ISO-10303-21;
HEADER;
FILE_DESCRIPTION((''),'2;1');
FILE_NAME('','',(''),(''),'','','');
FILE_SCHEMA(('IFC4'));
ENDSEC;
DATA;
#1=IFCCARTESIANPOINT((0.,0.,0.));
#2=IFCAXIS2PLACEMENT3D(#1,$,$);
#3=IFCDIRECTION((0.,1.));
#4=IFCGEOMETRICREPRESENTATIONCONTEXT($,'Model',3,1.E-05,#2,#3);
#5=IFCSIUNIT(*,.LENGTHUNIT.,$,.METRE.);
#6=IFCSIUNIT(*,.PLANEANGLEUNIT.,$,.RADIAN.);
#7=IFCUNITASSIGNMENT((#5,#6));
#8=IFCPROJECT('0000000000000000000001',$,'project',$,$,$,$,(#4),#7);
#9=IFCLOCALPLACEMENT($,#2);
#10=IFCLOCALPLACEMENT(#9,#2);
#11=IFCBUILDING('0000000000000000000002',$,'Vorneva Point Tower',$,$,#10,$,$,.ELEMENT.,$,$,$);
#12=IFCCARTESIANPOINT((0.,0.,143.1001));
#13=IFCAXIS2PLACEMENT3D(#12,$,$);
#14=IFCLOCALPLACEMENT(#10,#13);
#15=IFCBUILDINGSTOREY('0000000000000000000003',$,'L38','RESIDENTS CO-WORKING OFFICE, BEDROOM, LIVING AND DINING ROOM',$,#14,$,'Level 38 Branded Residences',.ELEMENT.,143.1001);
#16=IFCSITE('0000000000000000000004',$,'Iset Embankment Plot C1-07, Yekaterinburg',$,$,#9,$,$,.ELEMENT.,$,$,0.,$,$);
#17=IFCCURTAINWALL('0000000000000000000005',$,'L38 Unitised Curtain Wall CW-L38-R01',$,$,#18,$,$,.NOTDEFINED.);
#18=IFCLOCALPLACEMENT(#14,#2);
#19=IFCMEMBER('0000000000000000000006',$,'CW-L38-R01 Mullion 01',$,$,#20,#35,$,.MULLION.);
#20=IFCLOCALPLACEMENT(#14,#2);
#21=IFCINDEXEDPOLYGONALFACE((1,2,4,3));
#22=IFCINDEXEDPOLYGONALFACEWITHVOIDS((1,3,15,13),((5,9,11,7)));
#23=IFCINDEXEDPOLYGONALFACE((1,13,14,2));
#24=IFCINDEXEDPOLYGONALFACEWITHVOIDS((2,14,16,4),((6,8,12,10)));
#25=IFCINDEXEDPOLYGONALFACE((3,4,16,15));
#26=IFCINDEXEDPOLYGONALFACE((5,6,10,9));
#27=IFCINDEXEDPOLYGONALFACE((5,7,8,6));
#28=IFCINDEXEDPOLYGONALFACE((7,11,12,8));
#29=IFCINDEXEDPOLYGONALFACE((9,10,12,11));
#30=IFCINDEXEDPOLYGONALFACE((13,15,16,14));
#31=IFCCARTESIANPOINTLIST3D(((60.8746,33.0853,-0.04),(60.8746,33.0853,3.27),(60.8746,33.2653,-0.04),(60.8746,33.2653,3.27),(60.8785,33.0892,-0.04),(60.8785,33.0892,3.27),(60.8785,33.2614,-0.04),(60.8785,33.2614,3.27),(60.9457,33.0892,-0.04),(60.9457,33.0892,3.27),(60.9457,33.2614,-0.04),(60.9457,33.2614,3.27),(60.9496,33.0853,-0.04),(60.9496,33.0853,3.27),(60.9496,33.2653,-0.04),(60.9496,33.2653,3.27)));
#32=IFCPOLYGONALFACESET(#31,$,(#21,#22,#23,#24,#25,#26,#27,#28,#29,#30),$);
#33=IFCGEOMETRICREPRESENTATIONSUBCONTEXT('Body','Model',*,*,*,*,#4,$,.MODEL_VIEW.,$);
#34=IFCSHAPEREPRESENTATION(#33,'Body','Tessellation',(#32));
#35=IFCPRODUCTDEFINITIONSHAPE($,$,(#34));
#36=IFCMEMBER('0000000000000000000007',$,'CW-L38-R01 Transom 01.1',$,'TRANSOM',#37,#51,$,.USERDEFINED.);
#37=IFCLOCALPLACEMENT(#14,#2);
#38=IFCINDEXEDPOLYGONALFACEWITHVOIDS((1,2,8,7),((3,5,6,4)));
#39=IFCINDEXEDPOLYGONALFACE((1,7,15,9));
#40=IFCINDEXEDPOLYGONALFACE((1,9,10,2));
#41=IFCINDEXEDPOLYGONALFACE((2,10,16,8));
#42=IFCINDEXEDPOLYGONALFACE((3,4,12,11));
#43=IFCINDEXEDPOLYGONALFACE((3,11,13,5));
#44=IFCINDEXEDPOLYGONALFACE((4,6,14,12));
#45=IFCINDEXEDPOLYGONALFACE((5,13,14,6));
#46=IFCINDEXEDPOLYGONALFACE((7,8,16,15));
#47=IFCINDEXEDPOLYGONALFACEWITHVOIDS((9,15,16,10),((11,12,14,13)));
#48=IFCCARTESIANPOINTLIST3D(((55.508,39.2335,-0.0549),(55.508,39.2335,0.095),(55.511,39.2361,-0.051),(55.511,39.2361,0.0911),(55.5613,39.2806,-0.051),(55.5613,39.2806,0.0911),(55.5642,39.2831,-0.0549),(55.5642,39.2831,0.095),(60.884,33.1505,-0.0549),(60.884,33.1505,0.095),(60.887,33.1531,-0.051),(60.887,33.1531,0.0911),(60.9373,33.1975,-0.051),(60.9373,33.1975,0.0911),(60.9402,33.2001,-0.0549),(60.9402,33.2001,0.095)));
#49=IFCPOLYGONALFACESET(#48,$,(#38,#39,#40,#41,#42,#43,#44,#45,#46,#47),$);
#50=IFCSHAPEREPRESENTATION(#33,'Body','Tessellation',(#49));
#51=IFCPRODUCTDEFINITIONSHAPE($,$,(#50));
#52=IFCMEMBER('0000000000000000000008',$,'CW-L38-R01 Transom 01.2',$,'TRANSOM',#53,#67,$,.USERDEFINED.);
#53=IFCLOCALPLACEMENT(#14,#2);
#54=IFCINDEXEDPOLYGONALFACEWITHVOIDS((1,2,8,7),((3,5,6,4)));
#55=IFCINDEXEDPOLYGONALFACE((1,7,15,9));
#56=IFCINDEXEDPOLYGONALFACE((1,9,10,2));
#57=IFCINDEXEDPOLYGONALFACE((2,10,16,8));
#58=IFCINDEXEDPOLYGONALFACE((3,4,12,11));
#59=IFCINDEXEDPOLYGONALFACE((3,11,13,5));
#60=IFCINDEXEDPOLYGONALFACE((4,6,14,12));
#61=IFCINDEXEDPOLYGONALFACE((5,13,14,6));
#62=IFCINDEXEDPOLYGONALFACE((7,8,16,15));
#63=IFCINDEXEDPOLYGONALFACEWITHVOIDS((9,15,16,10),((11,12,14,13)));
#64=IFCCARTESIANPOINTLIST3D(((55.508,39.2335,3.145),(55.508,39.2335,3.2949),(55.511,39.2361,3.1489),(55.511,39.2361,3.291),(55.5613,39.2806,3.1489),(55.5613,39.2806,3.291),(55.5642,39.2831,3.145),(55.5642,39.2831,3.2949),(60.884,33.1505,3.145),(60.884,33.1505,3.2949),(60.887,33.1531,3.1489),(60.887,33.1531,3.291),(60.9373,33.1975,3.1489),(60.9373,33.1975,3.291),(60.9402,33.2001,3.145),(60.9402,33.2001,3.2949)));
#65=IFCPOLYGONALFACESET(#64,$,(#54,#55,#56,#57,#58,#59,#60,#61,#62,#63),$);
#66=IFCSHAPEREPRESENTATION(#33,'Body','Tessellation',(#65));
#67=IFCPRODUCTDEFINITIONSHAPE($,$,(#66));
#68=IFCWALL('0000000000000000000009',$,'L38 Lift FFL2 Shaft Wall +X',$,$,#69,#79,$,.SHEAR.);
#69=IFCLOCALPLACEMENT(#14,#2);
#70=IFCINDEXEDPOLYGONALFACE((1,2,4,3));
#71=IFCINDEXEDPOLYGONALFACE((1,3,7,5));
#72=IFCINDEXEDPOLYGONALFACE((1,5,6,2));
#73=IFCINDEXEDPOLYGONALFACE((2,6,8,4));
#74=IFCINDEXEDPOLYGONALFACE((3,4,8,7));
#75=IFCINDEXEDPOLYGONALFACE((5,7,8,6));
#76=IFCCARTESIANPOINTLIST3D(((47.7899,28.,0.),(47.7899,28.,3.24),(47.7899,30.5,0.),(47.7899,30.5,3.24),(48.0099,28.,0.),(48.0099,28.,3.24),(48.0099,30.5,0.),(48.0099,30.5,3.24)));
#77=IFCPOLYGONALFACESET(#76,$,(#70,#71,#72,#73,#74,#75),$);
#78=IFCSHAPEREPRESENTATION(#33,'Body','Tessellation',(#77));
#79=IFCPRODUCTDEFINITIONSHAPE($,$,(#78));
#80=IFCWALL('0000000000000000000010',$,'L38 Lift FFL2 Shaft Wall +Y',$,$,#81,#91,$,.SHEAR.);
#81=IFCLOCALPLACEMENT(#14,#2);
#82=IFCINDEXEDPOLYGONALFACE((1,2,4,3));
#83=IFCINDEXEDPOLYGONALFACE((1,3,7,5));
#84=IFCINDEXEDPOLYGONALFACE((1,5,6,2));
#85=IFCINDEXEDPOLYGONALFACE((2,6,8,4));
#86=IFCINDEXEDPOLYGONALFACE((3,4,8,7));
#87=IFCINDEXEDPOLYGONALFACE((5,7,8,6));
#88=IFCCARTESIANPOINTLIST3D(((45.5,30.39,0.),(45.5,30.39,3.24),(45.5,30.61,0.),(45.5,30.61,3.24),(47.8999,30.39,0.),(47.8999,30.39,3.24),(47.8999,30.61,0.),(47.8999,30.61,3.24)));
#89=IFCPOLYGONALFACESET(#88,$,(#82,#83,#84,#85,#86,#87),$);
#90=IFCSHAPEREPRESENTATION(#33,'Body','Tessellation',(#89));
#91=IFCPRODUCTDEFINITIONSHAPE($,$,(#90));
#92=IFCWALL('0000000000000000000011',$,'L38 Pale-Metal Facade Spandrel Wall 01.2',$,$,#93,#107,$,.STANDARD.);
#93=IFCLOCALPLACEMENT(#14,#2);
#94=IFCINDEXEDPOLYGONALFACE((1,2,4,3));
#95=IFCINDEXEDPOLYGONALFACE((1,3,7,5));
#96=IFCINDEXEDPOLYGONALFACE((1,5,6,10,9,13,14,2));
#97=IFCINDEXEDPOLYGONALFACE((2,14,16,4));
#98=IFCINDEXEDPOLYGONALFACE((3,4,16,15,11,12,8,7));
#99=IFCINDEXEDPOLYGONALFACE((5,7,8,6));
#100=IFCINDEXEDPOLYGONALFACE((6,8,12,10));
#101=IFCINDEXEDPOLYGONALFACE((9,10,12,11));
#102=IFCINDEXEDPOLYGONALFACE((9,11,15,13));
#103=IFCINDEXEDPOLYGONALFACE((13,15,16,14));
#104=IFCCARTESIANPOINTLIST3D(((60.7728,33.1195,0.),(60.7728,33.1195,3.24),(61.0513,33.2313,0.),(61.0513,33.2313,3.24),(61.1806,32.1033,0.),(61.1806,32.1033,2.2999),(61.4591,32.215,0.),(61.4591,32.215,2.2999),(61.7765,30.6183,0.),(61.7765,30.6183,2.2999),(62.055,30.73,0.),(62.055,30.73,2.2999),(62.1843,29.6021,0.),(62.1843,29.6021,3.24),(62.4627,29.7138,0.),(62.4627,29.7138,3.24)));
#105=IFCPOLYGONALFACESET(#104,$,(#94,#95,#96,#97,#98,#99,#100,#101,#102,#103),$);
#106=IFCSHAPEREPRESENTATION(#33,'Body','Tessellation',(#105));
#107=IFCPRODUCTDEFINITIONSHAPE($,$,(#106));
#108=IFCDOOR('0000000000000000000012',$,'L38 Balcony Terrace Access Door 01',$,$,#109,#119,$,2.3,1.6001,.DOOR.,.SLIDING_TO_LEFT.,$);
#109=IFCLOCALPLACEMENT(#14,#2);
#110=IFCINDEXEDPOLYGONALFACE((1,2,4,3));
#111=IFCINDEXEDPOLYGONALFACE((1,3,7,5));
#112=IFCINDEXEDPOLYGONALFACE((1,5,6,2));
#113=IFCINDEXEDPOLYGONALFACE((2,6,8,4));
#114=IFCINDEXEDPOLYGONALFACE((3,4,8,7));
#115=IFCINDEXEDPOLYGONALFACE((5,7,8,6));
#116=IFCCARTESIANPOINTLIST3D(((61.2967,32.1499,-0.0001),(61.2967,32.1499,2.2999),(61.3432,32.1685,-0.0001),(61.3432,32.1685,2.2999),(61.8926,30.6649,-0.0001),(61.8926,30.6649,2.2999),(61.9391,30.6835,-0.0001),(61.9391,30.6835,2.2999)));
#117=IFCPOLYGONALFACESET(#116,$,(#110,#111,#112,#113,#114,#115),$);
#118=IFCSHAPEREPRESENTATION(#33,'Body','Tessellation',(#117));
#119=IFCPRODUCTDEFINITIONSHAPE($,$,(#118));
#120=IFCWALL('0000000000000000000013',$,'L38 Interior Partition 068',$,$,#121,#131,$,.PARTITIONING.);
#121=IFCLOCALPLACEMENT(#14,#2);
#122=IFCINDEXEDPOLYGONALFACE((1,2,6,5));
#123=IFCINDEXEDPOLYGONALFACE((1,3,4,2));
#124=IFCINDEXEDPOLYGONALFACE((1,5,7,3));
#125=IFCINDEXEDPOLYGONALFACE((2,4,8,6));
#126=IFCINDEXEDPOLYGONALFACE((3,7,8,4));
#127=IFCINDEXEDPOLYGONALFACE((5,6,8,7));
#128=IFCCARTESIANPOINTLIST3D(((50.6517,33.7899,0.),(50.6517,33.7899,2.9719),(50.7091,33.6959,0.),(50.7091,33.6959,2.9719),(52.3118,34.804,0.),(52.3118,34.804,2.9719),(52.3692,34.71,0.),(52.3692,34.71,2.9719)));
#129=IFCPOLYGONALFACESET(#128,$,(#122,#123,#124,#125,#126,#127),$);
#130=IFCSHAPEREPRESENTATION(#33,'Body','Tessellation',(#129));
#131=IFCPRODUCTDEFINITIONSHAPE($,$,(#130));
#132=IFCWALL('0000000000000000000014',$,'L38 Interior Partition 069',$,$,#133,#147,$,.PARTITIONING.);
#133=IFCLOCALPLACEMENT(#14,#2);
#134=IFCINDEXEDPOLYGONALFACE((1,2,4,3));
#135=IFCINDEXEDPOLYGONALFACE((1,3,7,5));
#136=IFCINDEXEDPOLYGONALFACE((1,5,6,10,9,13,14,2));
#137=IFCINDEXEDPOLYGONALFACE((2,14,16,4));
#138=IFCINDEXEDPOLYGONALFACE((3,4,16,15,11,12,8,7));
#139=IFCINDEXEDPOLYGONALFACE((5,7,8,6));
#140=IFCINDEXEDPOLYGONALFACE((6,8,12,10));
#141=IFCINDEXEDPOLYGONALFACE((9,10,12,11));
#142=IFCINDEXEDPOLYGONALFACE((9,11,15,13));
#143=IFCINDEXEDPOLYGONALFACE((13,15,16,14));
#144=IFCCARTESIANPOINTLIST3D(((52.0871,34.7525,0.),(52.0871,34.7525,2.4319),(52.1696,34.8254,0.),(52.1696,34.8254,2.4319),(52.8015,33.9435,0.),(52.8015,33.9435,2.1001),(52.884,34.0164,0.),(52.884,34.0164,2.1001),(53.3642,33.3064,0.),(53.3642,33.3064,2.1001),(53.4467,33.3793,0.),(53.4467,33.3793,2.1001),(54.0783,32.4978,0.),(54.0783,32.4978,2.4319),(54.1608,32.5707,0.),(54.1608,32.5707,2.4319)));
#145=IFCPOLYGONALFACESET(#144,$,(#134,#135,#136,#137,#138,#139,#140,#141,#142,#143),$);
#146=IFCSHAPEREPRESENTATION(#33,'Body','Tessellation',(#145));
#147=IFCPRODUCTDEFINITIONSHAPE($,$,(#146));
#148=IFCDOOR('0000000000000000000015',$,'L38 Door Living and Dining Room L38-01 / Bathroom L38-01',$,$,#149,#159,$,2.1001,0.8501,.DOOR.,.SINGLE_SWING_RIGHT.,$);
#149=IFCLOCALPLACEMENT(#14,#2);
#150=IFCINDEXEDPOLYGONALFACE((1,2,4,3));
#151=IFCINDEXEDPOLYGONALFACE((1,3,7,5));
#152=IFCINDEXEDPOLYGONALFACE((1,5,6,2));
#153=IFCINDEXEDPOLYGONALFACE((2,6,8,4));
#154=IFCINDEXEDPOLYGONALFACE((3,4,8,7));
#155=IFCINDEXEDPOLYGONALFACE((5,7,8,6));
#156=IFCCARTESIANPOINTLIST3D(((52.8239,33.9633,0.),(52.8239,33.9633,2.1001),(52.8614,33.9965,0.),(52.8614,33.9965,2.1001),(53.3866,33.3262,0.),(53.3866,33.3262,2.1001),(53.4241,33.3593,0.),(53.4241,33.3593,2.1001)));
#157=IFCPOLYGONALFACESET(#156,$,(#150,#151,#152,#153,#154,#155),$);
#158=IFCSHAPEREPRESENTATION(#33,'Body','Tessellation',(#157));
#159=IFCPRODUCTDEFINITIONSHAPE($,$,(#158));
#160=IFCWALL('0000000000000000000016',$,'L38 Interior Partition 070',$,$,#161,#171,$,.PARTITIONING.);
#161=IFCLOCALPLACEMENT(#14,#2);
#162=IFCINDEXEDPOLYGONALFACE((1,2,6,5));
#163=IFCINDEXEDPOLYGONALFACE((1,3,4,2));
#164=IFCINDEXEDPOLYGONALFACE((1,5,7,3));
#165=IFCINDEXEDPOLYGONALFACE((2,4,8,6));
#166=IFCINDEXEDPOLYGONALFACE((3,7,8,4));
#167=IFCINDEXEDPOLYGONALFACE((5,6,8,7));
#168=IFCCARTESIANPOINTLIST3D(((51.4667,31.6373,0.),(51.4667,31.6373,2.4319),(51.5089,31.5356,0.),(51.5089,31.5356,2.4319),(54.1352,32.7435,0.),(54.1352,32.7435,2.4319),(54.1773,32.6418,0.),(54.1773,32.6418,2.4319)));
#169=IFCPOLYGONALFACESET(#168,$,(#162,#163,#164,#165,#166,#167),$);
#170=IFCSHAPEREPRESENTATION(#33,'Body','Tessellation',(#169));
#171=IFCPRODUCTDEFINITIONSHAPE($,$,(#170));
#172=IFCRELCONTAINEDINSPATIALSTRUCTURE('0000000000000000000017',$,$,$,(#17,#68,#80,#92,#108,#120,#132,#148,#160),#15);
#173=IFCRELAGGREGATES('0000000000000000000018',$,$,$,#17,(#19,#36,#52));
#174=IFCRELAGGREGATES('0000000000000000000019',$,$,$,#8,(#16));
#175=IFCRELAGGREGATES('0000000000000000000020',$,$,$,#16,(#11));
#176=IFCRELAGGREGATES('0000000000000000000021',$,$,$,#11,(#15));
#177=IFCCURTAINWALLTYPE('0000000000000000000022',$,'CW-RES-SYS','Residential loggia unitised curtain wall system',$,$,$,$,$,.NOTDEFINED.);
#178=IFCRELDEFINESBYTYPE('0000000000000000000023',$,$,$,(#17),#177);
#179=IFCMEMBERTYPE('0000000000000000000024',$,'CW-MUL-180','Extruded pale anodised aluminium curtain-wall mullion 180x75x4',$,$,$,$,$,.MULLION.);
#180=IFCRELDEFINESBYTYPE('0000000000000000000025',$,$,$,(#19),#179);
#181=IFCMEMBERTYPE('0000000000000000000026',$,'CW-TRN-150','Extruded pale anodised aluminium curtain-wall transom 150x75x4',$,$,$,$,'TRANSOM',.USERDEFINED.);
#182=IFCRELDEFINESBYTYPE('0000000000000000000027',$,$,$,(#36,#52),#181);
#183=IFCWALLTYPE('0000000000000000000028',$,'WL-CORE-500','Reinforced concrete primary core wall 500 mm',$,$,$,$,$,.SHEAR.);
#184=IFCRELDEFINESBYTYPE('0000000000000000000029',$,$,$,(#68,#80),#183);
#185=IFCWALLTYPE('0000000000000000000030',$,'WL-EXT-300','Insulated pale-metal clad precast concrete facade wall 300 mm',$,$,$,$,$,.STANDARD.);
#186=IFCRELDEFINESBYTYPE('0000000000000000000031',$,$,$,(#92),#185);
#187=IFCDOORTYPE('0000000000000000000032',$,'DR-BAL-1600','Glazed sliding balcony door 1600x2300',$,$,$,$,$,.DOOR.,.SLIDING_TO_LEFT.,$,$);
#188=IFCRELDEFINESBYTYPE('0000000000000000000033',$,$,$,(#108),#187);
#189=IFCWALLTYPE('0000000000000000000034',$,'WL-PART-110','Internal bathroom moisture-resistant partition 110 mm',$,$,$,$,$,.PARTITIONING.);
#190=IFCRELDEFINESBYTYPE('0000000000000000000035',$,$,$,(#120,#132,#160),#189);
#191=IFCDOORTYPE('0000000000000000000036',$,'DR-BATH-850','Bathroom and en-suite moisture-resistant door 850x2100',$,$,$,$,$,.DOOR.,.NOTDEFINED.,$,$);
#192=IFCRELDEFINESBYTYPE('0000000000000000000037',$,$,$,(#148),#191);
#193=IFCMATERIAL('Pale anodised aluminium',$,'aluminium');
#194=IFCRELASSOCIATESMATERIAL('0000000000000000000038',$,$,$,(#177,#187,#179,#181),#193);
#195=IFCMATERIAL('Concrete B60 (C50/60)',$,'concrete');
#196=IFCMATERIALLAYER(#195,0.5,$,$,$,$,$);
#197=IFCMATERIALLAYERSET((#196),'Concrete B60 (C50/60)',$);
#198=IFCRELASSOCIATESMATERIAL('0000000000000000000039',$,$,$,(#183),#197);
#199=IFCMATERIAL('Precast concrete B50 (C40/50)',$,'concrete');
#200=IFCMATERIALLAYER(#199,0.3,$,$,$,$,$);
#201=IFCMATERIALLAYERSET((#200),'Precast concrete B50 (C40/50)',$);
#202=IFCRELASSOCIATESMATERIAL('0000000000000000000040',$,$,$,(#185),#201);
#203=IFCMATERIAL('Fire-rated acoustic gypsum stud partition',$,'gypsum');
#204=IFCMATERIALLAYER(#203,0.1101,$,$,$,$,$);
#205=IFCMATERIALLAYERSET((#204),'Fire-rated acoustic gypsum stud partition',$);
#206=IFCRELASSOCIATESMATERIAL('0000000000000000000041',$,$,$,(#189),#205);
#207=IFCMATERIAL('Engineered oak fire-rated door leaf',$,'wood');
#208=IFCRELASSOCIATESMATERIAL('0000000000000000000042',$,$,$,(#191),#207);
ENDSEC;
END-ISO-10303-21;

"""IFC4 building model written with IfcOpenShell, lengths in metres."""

from ifc_helpers import new_model, si_unit, direction, frame, frame_2d, origin, origin_2d, place, context, subcontext, project, spatial, rectangle, hollow_rectangle, extrude, material, layer, layer_set, material_profile, profile_set, type_object, element, fill, aggregate, save


model = new_model("IFC4")

# Units and contexts
model_context = context("Model", 3, precision=1e-05, world=origin(), true_north=direction((0.0, 1.0)))
body_context = subcontext(model_context, "Body", "Model", "MODEL_VIEW")
ifc_project = project(units=[si_unit("LENGTHUNIT", "METRE"), si_unit("PLANEANGLEUNIT", "RADIAN")], contexts=[model_context])

# Site, building, storey
site_placement = place(None, origin())
site = spatial("IfcSite", under=ifc_project, at=site_placement, Name="Iset Embankment Plot C1-07, Yekaterinburg", CompositionType="ELEMENT", RefElevation=0.0)
building_placement = place(site_placement, origin())
building = spatial("IfcBuilding", under=site, at=building_placement, Name="Vorneva Point Tower", CompositionType="ELEMENT")
storey_placement = place(building_placement, frame((0.0, 0.0, 143.1001)))
storey = spatial("IfcBuildingStorey", under=building, at=storey_placement, Name="L38", Description="RESIDENTS CO-WORKING OFFICE, BEDROOM, LIVING AND DINING ROOM", LongName="Level 38 Branded Residences", CompositionType="ELEMENT", Elevation=143.1001)

# Shared definitions
ifc_material_1 = material(Name="Concrete B60 (C50/60)", Category="concrete")

# Curtain wall, members
ifc_material_2 = material(Name="Pale anodised aluminium", Category="aluminium")
curtain_wall_type = type_object("IfcCurtainWallType", Name="CW-RES-SYS", Description="Residential loggia unitised curtain wall system", PredefinedType="NOTDEFINED", material=ifc_material_2)
curtain_wall_placement = place(storey_placement, origin())
curtain_wall = element("IfcCurtainWall", 1, at=curtain_wall_placement, inside=storey, type_object=curtain_wall_type, Name="L38 Unitised Curtain Wall CW-L38-R01", PredefinedType="NOTDEFINED")
ifc_material_profile_1 = material_profile(ifc_material_2, hollow_rectangle(XDim=0.075, YDim=0.1799, WallThickness=0.0039, at=origin_2d()), Name="AL-MUL 180x75x4")
ifc_profile_set_1 = profile_set([ifc_material_profile_1], Name="Pale anodised aluminium")
member_type_1 = type_object("IfcMemberType", Name="CW-MUL-180", Description="Extruded pale anodised aluminium curtain-wall mullion 180x75x4", PredefinedType="MULLION", material=ifc_profile_set_1)
member_1_placement = place(storey_placement, frame((60.9121, 33.1753, -0.04), z_axis=(0.0, 0.0, 1.0), x_axis=(1.0, 0.0, 0.0)))
member_1 = element("IfcMember", 2, at=member_1_placement, type_object=member_type_1, Name="CW-L38-R01 Mullion 01", PredefinedType="MULLION", context=body_context, shape_type="SweptSolid", body=[
    extrude(hollow_rectangle(XDim=0.075, YDim=0.1799, WallThickness=0.0039, at=origin_2d()), origin(), (0.0, 0.0, 1.0), 3.3101),
])
ifc_material_profile_2 = material_profile(ifc_material_2, hollow_rectangle(XDim=0.075, YDim=0.1499, WallThickness=0.0039, at=origin_2d()), Name="AL-TRN 150x75x4")
ifc_profile_set_2 = profile_set([ifc_material_profile_2], Name="Pale anodised aluminium")
member_type_2 = type_object("IfcMemberType", Name="CW-TRN-150", Description="Extruded pale anodised aluminium curtain-wall transom 150x75x4", ElementType="TRANSOM", PredefinedType="USERDEFINED", material=ifc_profile_set_2)
member_2_placement = place(storey_placement, frame((60.9121, 33.1753, 0.02), z_axis=(-0.662218, 0.749311, 0.0), x_axis=(-0.749311, -0.662218, 0.0)))
member_2 = element("IfcMember", 3, at=member_2_placement, type_object=member_type_2, Name="CW-L38-R01 Transom 01.1", ObjectType="TRANSOM", PredefinedType="USERDEFINED", context=body_context, shape_type="SweptSolid", body=[
    extrude(hollow_rectangle(XDim=0.075, YDim=0.1499, WallThickness=0.0039, at=origin_2d()), origin(), (0.0, 0.0, 1.0), 8.1182),
])
member_3_placement = place(storey_placement, frame((60.9121, 33.1753, 3.22), z_axis=(-0.662218, 0.749311, 0.0), x_axis=(-0.749311, -0.662218, 0.0)))
member_3 = element("IfcMember", 4, at=member_3_placement, type_object=member_type_2, Name="CW-L38-R01 Transom 01.2", ObjectType="TRANSOM", PredefinedType="USERDEFINED", context=body_context, shape_type="SweptSolid", body=[
    extrude(hollow_rectangle(XDim=0.075, YDim=0.1499, WallThickness=0.0039, at=origin_2d()), origin(), (0.0, 0.0, 1.0), 8.1182),
])
aggregate(curtain_wall, [member_1, member_2, member_3])

# Walls
ifc_layer_1 = layer(ifc_material_1, 0.5)
ifc_layer_set_1 = layer_set([ifc_layer_1], Name="Concrete B60 (C50/60)")
wall_type_1 = type_object("IfcWallType", Name="WL-CORE-500", Description="Reinforced concrete primary core wall 500 mm", PredefinedType="SHEAR", material=ifc_layer_set_1)
wall_1_placement = place(storey_placement, frame((47.8999, 28.0, 0.0), z_axis=(0.0, 0.0, 1.0), x_axis=(0.0, 1.0, 0.0)))
element("IfcWall", 5, at=wall_1_placement, inside=storey, type_object=wall_type_1, Name="L38 Lift FFL2 Shaft Wall +X", PredefinedType="SHEAR", context=body_context, shape_type="SweptSolid", body=[
    extrude(rectangle(XDim=2.5, YDim=0.22, at=frame_2d((1.25, 0.0))), origin(), (0.0, 0.0, 1.0), 3.24),
])
wall_2_placement = place(storey_placement, frame((47.8999, 30.5, 0.0), z_axis=(0.0, 0.0, 1.0), x_axis=(-1.0, 0.0, 0.0)))
element("IfcWall", 6, at=wall_2_placement, inside=storey, type_object=wall_type_1, Name="L38 Lift FFL2 Shaft Wall +Y", PredefinedType="SHEAR", context=body_context, shape_type="SweptSolid", body=[
    extrude(rectangle(XDim=2.3999, YDim=0.22, at=frame_2d((1.2, 0.0))), origin(), (0.0, 0.0, 1.0), 3.24),
])

# Wall, opening, door
ifc_material_3 = material(Name="Precast concrete B50 (C40/50)", Category="concrete")
ifc_layer_2 = layer(ifc_material_3, 0.3)
ifc_layer_set_2 = layer_set([ifc_layer_2], Name="Precast concrete B50 (C40/50)")
wall_type_2 = type_object("IfcWallType", Name="WL-EXT-300", Description="Insulated pale-metal clad precast concrete facade wall 300 mm", PredefinedType="STANDARD", material=ifc_layer_set_2)
wall_3_placement = place(storey_placement, frame((62.3235, 29.658, 0.0), z_axis=(0.0, 0.0, 1.0), x_axis=(-0.372401, 0.928072, 0.0)))
wall_3 = element("IfcWall", 7, at=wall_3_placement, inside=storey, type_object=wall_type_2, Name="L38 Pale-Metal Facade Spandrel Wall 01.2", PredefinedType="STANDARD", context=body_context, shape_type="SweptSolid", body=[
    extrude(rectangle(XDim=3.79, YDim=0.3, at=frame_2d((1.895, 0.0))), origin(), (0.0, 0.0, 1.0), 3.24),
])
opening_1_placement = place(wall_3_placement, frame((1.095, 0.0, 0.0)))
opening_1 = element("IfcOpeningElement", 8, at=opening_1_placement, cuts=wall_3, PredefinedType="OPENING", context=body_context, shape_type="SweptSolid", body=[
    extrude(rectangle(XDim=1.6001, YDim=2.3, at=frame_2d((0.8, 1.1499))), frame((0.0, 0.165, 0.0), z_axis=(0.0, -1.0, 0.0), x_axis=(1.0, 0.0, 0.0)), (0.0, 0.0, 1.0), 0.3298),
])
door_type_1 = type_object("IfcDoorType", Name="DR-BAL-1600", Description="Glazed sliding balcony door 1600x2300", OperationType="SLIDING_TO_LEFT", PredefinedType="DOOR", material=ifc_material_2)
door_1_placement = place(opening_1_placement, origin())
door_1 = element("IfcDoor", 9, at=door_1_placement, inside=storey, type_object=door_type_1, Name="L38 Balcony Terrace Access Door 01", OperationType="SLIDING_TO_LEFT", OverallHeight=2.3, OverallWidth=1.6001, PredefinedType="DOOR", context=body_context, shape_type="SweptSolid", body=[
    extrude(rectangle(XDim=1.6001, YDim=2.3, at=frame_2d((0.8, 1.1499))), frame((0.0, 0.0249, 0.0), z_axis=(0.0, -1.0, 0.0), x_axis=(1.0, 0.0, 0.0)), (0.0, 0.0, 1.0), 0.05),
])
fill(opening_1, door_1)

# Wall
ifc_material_4 = material(Name="Fire-rated acoustic gypsum stud partition", Category="gypsum")
ifc_layer_3 = layer(ifc_material_4, 0.1101)
ifc_layer_set_3 = layer_set([ifc_layer_3], Name="Fire-rated acoustic gypsum stud partition")
wall_type_3 = type_object("IfcWallType", Name="WL-PART-110", Description="Internal bathroom moisture-resistant partition 110 mm", PredefinedType="PARTITIONING", material=ifc_layer_set_3)
wall_4_placement = place(storey_placement, frame((50.6804, 33.7429, 0.0), z_axis=(0.0, 0.0, 1.0), x_axis=(0.853369, 0.521308, 0.0)))
element("IfcWall", 10, at=wall_4_placement, inside=storey, type_object=wall_type_3, Name="L38 Interior Partition 068", PredefinedType="PARTITIONING", context=body_context, shape_type="SweptSolid", body=[
    extrude(rectangle(XDim=1.9453, YDim=0.1101, at=frame_2d((0.9727, 0.0))), origin(), (0.0, 0.0, 1.0), 2.9719),
])

# Wall, opening, door
wall_5_placement = place(storey_placement, frame((52.1284, 34.7888, 0.0), z_axis=(0.0, 0.0, 1.0), x_axis=(0.661962, -0.749537, 0.0)))
wall_5 = element("IfcWall", 11, at=wall_5_placement, inside=storey, type_object=wall_type_3, Name="L38 Interior Partition 069", PredefinedType="PARTITIONING", context=body_context, shape_type="SweptSolid", body=[
    extrude(rectangle(XDim=3.0081, YDim=0.1101, at=frame_2d((1.5039, 0.0))), origin(), (0.0, 0.0, 1.0), 2.4319),
])
opening_2_placement = place(wall_5_placement, frame((1.0791, 0.0, 0.0)))
opening_2 = element("IfcOpeningElement", 12, at=opening_2_placement, cuts=wall_5, PredefinedType="OPENING", context=body_context, shape_type="SweptSolid", body=[
    extrude(rectangle(XDim=0.8501, YDim=2.1001, at=frame_2d((0.425, 1.05))), frame((0.0, 0.0698, 0.0), z_axis=(0.0, -1.0, 0.0), x_axis=(1.0, 0.0, 0.0)), (0.0, 0.0, 1.0), 0.1399),
])
ifc_material_5 = material(Name="Engineered oak fire-rated door leaf", Category="wood")
door_type_2 = type_object("IfcDoorType", Name="DR-BATH-850", Description="Bathroom and en-suite moisture-resistant door 850x2100", OperationType="NOTDEFINED", PredefinedType="DOOR", material=ifc_material_5)
door_2_placement = place(opening_2_placement, origin())
door_2 = element("IfcDoor", 13, at=door_2_placement, inside=storey, type_object=door_type_2, Name="L38 Door Living and Dining Room L38-01 / Bathroom L38-01", OperationType="SINGLE_SWING_RIGHT", OverallHeight=2.1001, OverallWidth=0.8501, PredefinedType="DOOR", context=body_context, shape_type="SweptSolid", body=[
    extrude(rectangle(XDim=0.8501, YDim=2.1001, at=frame_2d((0.425, 1.05))), frame((0.0, 0.0249, 0.0), z_axis=(0.0, -1.0, 0.0), x_axis=(1.0, 0.0, 0.0)), (0.0, 0.0, 1.0), 0.05),
])
fill(opening_2, door_2)

# Wall
wall_6_placement = place(storey_placement, frame((54.1562, 32.6926, 0.0), z_axis=(0.0, 0.0, 1.0), x_axis=(-0.923771, -0.382946, 0.0)))
element("IfcWall", 14, at=wall_6_placement, inside=storey, type_object=wall_type_3, Name="L38 Interior Partition 070", PredefinedType="PARTITIONING", context=body_context, shape_type="SweptSolid", body=[
    extrude(rectangle(XDim=2.8887, YDim=0.1101, at=frame_2d((1.4443, 0.0))), origin(), (0.0, 0.0, 1.0), 2.4319),
])

save(model, "model.ifc")
